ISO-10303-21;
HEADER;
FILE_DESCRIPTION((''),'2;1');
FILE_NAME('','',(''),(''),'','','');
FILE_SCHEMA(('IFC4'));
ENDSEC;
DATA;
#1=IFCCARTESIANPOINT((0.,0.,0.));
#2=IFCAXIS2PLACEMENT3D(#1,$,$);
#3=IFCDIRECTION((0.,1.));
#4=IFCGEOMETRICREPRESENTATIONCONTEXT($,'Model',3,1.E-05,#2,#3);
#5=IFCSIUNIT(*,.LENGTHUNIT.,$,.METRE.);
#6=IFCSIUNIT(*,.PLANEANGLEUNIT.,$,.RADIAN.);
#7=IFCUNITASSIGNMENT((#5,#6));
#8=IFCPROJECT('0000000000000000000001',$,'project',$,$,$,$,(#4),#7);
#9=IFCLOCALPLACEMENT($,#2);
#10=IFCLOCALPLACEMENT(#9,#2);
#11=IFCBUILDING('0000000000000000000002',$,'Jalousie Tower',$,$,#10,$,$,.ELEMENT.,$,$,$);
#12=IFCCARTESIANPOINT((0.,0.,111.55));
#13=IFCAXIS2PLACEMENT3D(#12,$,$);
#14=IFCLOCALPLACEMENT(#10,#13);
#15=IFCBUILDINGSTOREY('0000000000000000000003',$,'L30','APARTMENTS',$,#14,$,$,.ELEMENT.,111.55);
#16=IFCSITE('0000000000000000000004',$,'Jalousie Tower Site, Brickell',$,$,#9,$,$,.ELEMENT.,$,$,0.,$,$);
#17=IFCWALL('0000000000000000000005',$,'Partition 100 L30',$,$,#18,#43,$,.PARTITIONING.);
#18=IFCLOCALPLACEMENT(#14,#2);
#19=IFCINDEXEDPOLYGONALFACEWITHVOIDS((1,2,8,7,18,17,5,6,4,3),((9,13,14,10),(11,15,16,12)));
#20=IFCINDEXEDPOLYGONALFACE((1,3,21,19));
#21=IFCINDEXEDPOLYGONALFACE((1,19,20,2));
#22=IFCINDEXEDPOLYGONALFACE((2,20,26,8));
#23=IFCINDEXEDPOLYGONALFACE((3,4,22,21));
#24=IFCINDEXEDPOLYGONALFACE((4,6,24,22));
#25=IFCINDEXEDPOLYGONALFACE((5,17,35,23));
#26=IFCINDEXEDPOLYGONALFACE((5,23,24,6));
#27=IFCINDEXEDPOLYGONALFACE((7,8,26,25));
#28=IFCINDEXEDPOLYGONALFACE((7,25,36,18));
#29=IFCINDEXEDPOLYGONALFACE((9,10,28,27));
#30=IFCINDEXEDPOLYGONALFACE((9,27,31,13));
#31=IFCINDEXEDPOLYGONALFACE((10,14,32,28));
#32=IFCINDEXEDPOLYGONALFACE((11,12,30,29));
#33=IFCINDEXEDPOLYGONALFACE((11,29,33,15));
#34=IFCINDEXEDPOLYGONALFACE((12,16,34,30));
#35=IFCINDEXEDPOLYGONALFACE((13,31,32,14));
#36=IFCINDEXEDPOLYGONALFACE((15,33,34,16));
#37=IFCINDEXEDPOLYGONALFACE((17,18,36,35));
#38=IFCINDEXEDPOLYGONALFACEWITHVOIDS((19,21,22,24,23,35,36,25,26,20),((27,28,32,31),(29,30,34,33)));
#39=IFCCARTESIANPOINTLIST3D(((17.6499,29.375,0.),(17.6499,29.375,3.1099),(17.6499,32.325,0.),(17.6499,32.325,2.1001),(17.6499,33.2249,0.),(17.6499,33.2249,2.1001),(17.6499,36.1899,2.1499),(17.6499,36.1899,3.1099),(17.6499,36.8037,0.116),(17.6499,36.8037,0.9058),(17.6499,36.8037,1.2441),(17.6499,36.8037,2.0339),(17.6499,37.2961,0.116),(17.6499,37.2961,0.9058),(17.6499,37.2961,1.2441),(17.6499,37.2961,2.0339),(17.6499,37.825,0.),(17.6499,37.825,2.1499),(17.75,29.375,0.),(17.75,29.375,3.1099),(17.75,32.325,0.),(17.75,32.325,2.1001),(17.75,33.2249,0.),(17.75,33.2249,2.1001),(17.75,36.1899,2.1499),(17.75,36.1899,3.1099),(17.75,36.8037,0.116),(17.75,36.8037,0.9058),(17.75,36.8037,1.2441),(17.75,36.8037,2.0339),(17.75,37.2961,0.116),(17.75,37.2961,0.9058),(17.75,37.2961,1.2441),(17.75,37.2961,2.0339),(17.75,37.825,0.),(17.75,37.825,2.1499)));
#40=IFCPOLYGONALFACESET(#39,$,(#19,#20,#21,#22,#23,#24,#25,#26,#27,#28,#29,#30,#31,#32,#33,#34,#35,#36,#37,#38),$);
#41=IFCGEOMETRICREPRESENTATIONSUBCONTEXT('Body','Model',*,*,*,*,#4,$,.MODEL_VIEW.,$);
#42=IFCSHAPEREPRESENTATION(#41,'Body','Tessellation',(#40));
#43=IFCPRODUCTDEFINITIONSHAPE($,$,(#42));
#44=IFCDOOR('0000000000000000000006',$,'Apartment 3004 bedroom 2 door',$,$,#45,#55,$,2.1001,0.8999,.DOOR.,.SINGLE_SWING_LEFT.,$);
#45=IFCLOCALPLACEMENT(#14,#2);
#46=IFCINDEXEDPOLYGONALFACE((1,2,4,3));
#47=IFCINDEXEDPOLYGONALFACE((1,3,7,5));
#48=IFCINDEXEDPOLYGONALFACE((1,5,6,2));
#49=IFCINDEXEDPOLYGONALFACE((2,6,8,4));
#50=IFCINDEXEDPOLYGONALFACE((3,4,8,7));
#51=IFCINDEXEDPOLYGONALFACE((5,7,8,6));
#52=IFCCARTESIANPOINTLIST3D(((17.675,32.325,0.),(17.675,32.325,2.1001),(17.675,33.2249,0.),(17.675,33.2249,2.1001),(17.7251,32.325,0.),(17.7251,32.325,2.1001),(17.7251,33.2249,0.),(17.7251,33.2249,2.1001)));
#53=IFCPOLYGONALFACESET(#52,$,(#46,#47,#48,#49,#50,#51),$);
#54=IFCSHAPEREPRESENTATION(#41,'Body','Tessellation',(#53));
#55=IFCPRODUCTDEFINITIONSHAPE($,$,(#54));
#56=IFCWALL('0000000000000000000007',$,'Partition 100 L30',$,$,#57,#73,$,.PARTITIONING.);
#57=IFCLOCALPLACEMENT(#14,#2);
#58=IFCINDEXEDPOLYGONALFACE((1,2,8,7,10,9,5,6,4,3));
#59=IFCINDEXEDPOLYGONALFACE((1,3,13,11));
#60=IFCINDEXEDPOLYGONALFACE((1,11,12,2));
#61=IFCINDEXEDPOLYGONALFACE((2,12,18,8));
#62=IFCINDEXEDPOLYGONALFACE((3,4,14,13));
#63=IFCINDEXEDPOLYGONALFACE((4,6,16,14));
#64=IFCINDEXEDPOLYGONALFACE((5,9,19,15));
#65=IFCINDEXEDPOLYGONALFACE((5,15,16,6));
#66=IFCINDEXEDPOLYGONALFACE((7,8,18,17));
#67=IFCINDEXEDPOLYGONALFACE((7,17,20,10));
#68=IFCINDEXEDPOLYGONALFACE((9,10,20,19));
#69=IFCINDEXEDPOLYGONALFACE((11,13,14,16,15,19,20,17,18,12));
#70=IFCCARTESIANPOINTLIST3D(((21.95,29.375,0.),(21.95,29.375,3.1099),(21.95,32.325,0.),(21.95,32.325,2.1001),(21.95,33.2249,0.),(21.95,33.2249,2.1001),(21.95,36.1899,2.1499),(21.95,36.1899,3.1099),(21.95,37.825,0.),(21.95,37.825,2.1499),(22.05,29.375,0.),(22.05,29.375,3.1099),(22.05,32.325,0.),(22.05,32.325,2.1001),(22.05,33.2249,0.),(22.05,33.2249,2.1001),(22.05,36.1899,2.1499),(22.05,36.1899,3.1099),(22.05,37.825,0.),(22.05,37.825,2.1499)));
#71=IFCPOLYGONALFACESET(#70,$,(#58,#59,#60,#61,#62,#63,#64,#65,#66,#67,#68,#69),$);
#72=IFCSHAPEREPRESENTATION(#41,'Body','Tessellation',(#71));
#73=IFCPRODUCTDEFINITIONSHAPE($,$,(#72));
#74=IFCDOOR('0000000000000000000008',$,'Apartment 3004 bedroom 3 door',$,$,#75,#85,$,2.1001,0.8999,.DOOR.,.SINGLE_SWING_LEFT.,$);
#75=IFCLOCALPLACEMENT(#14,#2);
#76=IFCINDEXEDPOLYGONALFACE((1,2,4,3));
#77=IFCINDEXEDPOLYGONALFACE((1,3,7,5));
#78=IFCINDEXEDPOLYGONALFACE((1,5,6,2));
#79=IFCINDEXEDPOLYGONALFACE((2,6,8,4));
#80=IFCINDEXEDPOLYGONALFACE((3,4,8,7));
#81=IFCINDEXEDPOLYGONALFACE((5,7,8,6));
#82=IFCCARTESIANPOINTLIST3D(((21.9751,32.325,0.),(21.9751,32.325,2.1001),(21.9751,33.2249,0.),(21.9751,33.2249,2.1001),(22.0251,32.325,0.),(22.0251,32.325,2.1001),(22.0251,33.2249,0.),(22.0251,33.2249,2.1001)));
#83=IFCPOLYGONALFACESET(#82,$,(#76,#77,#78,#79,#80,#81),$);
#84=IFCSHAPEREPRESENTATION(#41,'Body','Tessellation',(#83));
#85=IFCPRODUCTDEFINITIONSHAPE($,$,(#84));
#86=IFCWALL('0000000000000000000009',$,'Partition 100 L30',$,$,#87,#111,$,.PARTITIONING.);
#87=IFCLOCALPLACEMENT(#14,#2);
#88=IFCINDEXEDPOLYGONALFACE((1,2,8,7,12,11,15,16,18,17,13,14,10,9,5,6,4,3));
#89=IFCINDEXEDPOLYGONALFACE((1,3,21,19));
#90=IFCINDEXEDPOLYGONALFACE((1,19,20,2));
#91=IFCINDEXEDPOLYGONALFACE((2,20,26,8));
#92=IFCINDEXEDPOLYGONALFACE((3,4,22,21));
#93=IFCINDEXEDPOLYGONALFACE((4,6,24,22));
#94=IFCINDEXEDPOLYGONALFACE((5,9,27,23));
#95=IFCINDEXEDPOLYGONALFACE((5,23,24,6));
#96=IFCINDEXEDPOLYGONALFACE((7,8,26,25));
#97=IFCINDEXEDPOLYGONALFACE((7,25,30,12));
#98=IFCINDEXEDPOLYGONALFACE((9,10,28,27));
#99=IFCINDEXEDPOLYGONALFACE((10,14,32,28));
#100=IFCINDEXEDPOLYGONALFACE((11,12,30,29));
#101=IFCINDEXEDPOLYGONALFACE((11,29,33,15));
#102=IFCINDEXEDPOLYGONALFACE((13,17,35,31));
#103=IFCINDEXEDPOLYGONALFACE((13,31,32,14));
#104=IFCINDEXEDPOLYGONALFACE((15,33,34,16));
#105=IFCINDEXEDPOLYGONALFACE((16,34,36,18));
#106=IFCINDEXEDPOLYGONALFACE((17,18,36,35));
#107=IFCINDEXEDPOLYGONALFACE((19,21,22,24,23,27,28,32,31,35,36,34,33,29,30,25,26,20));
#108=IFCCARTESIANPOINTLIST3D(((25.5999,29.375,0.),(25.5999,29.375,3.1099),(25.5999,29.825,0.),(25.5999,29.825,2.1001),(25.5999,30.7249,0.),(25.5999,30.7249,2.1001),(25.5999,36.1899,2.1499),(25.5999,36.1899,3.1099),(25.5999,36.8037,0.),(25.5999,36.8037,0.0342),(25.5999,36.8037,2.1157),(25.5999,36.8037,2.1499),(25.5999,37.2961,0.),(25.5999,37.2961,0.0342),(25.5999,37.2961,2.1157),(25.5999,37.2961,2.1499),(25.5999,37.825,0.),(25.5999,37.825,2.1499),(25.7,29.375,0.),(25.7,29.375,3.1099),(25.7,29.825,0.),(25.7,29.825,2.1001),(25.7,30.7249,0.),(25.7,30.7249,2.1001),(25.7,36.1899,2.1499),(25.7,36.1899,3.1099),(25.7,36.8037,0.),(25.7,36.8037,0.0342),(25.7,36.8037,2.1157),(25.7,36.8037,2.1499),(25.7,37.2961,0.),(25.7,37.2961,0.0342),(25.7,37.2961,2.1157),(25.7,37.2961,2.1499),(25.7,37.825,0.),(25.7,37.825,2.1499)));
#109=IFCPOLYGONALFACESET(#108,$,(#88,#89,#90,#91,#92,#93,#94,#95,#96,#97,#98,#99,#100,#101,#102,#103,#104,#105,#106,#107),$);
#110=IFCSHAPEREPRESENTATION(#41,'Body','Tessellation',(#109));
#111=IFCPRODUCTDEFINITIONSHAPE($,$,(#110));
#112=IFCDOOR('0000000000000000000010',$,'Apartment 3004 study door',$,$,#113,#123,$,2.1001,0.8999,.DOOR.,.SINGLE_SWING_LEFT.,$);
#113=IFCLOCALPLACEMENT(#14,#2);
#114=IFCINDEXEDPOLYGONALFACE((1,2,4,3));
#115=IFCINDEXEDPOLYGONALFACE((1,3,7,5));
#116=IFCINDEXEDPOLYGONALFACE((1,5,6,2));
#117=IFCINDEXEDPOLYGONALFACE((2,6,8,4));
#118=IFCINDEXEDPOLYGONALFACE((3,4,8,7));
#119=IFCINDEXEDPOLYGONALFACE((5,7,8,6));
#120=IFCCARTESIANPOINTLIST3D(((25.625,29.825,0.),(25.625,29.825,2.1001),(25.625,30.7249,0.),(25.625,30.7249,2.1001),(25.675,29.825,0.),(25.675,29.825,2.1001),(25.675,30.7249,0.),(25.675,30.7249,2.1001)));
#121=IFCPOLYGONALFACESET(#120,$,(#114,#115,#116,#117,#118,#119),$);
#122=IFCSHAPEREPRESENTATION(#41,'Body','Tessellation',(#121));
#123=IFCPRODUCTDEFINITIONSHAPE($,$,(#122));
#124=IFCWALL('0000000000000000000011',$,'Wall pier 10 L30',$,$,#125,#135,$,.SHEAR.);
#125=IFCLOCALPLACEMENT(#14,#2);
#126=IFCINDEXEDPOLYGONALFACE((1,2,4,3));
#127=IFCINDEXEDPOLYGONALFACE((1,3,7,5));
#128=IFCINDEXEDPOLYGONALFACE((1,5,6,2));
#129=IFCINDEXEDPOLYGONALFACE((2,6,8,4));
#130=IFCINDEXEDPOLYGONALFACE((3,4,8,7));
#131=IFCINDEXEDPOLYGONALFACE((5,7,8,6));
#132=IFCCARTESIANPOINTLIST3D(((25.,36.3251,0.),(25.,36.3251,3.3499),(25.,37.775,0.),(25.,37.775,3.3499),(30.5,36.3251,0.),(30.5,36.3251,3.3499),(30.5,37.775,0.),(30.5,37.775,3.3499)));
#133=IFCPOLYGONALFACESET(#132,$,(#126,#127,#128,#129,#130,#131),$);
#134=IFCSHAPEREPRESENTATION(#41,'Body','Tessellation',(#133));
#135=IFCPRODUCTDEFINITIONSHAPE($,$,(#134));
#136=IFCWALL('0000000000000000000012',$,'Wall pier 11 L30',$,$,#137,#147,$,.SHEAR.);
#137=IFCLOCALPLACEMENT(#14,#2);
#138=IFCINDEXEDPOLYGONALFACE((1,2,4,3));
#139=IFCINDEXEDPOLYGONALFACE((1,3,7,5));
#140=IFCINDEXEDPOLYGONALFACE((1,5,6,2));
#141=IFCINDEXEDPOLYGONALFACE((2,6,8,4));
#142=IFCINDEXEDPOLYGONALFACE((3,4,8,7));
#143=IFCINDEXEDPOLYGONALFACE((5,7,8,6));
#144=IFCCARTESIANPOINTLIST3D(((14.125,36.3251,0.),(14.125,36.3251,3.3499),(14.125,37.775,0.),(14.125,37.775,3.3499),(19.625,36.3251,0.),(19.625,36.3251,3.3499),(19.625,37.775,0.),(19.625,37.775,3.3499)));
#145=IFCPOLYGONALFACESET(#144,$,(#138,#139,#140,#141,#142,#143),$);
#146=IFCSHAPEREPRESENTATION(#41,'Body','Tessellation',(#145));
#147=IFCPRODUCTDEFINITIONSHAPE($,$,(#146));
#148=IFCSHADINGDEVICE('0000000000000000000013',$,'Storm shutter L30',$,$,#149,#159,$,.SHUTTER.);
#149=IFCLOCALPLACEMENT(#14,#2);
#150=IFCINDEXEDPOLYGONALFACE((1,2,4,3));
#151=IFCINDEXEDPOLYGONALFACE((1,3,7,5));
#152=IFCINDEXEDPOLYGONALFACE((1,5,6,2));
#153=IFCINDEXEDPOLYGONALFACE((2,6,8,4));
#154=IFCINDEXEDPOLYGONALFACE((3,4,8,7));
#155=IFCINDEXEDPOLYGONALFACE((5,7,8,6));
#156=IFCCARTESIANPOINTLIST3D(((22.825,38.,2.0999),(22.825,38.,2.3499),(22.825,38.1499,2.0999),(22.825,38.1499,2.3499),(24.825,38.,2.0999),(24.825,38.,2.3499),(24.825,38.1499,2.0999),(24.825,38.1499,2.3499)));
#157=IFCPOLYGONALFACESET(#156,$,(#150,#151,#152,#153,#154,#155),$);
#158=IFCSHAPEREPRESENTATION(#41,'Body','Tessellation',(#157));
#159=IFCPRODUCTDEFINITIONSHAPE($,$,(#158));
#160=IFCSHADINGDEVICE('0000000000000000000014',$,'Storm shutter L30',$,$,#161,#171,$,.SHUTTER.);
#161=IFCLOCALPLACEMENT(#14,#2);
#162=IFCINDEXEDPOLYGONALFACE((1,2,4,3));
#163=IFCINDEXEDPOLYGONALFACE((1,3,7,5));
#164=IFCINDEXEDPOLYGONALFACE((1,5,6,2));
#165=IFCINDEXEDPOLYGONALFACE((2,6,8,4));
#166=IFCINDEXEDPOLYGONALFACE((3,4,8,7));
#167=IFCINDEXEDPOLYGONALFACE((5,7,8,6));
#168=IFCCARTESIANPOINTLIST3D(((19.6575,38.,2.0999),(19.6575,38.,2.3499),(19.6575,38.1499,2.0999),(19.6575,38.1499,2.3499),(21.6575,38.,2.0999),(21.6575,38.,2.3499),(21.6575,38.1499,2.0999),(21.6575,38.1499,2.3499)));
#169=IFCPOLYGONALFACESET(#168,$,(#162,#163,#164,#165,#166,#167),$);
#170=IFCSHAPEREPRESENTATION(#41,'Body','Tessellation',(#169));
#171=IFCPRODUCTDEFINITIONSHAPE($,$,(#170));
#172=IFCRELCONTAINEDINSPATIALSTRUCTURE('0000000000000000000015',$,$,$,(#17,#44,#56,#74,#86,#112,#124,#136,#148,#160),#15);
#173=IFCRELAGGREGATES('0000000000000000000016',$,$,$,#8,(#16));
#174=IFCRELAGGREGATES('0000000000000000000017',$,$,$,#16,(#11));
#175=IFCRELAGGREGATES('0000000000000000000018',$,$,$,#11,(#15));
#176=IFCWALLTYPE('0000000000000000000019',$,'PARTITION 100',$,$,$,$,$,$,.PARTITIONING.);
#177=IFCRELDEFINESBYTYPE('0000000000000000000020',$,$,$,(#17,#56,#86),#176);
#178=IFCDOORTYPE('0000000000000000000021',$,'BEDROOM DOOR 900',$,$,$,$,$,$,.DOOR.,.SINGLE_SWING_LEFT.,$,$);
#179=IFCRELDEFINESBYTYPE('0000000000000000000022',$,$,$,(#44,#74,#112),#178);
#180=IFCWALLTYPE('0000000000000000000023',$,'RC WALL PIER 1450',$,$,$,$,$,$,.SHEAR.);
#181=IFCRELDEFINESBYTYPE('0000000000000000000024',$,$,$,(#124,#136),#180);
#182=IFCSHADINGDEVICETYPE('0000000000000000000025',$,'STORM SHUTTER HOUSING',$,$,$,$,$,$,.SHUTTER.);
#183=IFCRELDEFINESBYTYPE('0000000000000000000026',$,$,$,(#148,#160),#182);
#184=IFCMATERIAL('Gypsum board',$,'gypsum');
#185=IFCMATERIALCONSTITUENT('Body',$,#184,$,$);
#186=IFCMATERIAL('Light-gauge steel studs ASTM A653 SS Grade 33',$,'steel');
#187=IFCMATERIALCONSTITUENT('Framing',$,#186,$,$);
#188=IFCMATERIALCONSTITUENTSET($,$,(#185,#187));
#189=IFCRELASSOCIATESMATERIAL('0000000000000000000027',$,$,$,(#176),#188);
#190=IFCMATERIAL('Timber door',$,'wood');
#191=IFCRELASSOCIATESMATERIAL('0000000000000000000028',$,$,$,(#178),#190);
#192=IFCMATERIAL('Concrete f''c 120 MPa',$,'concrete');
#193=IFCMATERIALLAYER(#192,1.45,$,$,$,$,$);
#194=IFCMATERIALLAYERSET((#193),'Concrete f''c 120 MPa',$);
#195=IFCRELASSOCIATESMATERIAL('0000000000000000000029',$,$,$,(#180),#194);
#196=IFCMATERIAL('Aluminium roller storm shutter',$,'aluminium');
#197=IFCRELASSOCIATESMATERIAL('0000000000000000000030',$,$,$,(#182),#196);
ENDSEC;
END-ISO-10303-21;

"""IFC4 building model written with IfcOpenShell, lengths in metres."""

from ifc_helpers import new_model, si_unit, direction, frame, frame_2d, origin, origin_2d, place, context, subcontext, project, spatial, polyline, rectangle, outline, extrude, material, layer, layer_set, constituent, constituent_set, type_object, element, fill, save


model = new_model("IFC4")

# Units and contexts
model_context = context("Model", 3, precision=1e-05, world=origin(), true_north=direction((0.0, 1.0)))
body_context = subcontext(model_context, "Body", "Model", "MODEL_VIEW")
ifc_project = project(units=[si_unit("LENGTHUNIT", "METRE"), si_unit("PLANEANGLEUNIT", "RADIAN")], contexts=[model_context])

# Site, building, storey
site_placement = place(None, origin())
site = spatial("IfcSite", under=ifc_project, at=site_placement, Name="Jalousie Tower Site, Brickell", CompositionType="ELEMENT", RefElevation=0.0)
building_placement = place(site_placement, origin())
building = spatial("IfcBuilding", under=site, at=building_placement, Name="Jalousie Tower", CompositionType="ELEMENT")
storey_placement = place(building_placement, frame((0.0, 0.0, 111.55)))
storey = spatial("IfcBuildingStorey", under=building, at=storey_placement, Name="L30", Description="APARTMENTS", CompositionType="ELEMENT", Elevation=111.55)

# Walls, openings, doors
ifc_material_1 = material(Name="Gypsum board", Category="gypsum")
ifc_constituent_1 = constituent(ifc_material_1, Name="Body")
ifc_material_2 = material(Name="Light-gauge steel studs ASTM A653 SS Grade 33", Category="steel")
ifc_constituent_2 = constituent(ifc_material_2, Name="Framing")
ifc_constituent_set_1 = constituent_set(constituents=[ifc_constituent_1, ifc_constituent_2])
wall_type_1 = type_object("IfcWallType", Name="PARTITION 100", PredefinedType="PARTITIONING", material=ifc_constituent_set_1)
wall_1_placement = place(storey_placement, frame((17.7, 37.825, 0.0), z_axis=(0.0, 0.0, 1.0), x_axis=(0.0, -1.0, 0.0)))
wall_1 = element("IfcWall", 1, at=wall_1_placement, inside=storey, type_object=wall_type_1, Name="Partition 100 L30", PredefinedType="PARTITIONING", context=body_context, shape_type="SweptSolid", body=[
    extrude(outline(polyline([(1.635, 2.1499), (0.0, 2.1499), (0.0, 0.0), (8.45, 0.0), (8.45, 3.1099), (1.635, 3.1099), (1.635, 2.1499)]), holes=[polyline([(1.0212, 0.116), (0.5288, 0.116), (0.5288, 0.9058), (1.0212, 0.9058), (1.0212, 0.116)]), polyline([(1.0212, 1.2441), (0.5288, 1.2441), (0.5288, 2.0339), (1.0212, 2.0339), (1.0212, 1.2441)])]), frame((0.0, 0.05, 0.0), z_axis=(0.0, -1.0, 0.0), x_axis=(1.0, 0.0, 0.0)), (0.0, 0.0, 1.0), 0.1001),
])
opening_1_placement = place(wall_1_placement, frame((4.6001, 0.0, 0.0)))
opening_1 = element("IfcOpeningElement", 2, at=opening_1_placement, cuts=wall_1, PredefinedType="OPENING", context=body_context, shape_type="SweptSolid", body=[
    extrude(rectangle(XDim=0.8999, YDim=2.1001, at=frame_2d((0.45, 1.05))), frame((0.0, 0.0601, 0.0), z_axis=(0.0, -1.0, 0.0), x_axis=(1.0, 0.0, 0.0)), (0.0, 0.0, 1.0), 0.1201),
])
ifc_material_3 = material(Name="Timber door", Category="wood")
door_type_1 = type_object("IfcDoorType", Name="BEDROOM DOOR 900", OperationType="SINGLE_SWING_LEFT", PredefinedType="DOOR", material=ifc_material_3)
door_1_placement = place(opening_1_placement, frame((0.8999, 0.0, 0.0), z_axis=(0.0, 0.0, 1.0), x_axis=(-1.0, 0.0, 0.0)))
door_1 = element("IfcDoor", 3, at=door_1_placement, inside=storey, type_object=door_type_1, Name="Apartment 3004 bedroom 2 door", OperationType="SINGLE_SWING_LEFT", OverallHeight=2.1001, OverallWidth=0.8999, PredefinedType="DOOR", context=body_context, shape_type="SweptSolid", body=[
    extrude(rectangle(XDim=0.8999, YDim=2.1001, at=frame_2d((0.45, 1.05))), frame((0.0, 0.0249, 0.0), z_axis=(0.0, -1.0, 0.0), x_axis=(1.0, 0.0, 0.0)), (0.0, 0.0, 1.0), 0.05),
])
fill(opening_1, door_1)
wall_2_placement = place(storey_placement, frame((22.0, 37.825, 0.0), z_axis=(0.0, 0.0, 1.0), x_axis=(0.0, -1.0, 0.0)))
wall_2 = element("IfcWall", 4, at=wall_2_placement, inside=storey, type_object=wall_type_1, Name="Partition 100 L30", PredefinedType="PARTITIONING", context=body_context, shape_type="SweptSolid", body=[
    extrude(outline(polyline([(0.0, 0.0), (8.45, 0.0), (8.45, 3.1099), (1.635, 3.1099), (1.635, 2.1499), (0.0, 2.1499), (0.0, 3.1099), (0.0, 0.0)])), frame((0.0, 0.05, 0.0), z_axis=(0.0, -1.0, 0.0), x_axis=(1.0, 0.0, 0.0)), (0.0, 0.0, 1.0), 0.1001),
])
opening_2_placement = place(wall_2_placement, frame((4.6001, 0.0, 0.0)))
opening_2 = element("IfcOpeningElement", 5, at=opening_2_placement, cuts=wall_2, PredefinedType="OPENING", context=body_context, shape_type="SweptSolid", body=[
    extrude(rectangle(XDim=0.8999, YDim=2.1001, at=frame_2d((0.45, 1.05))), frame((0.0, 0.0601, 0.0), z_axis=(0.0, -1.0, 0.0), x_axis=(1.0, 0.0, 0.0)), (0.0, 0.0, 1.0), 0.1201),
])
door_2_placement = place(opening_2_placement, frame((0.8999, 0.0, 0.0), z_axis=(0.0, 0.0, 1.0), x_axis=(-1.0, 0.0, 0.0)))
door_2 = element("IfcDoor", 6, at=door_2_placement, inside=storey, type_object=door_type_1, Name="Apartment 3004 bedroom 3 door", OperationType="SINGLE_SWING_LEFT", OverallHeight=2.1001, OverallWidth=0.8999, PredefinedType="DOOR", context=body_context, shape_type="SweptSolid", body=[
    extrude(rectangle(XDim=0.8999, YDim=2.1001, at=frame_2d((0.45, 1.05))), frame((0.0, 0.0249, 0.0), z_axis=(0.0, -1.0, 0.0), x_axis=(1.0, 0.0, 0.0)), (0.0, 0.0, 1.0), 0.05),
])
fill(opening_2, door_2)
wall_3_placement = place(storey_placement, frame((25.6499, 37.825, 0.0), z_axis=(0.0, 0.0, 1.0), x_axis=(0.0, -1.0, 0.0)))
wall_3 = element("IfcWall", 7, at=wall_3_placement, inside=storey, type_object=wall_type_1, Name="Partition 100 L30", PredefinedType="PARTITIONING", context=body_context, shape_type="SweptSolid", body=[
    extrude(outline(polyline([(0.5288, 2.1499), (0.0, 2.1499), (0.0, 0.0), (0.5288, 0.0), (0.5288, 0.0342), (1.0212, 0.0342), (1.0212, 0.0), (8.45, 0.0), (8.45, 3.1099), (1.635, 3.1099), (1.635, 2.1499), (1.0212, 2.1499), (1.0212, 2.1157), (0.5288, 2.1157), (0.5288, 2.1499)])), frame((0.0, 0.05, 0.0), z_axis=(0.0, -1.0, 0.0), x_axis=(1.0, 0.0, 0.0)), (0.0, 0.0, 1.0), 0.1001),
])
opening_3_placement = place(wall_3_placement, frame((7.1001, 0.0, 0.0)))
opening_3 = element("IfcOpeningElement", 8, at=opening_3_placement, cuts=wall_3, PredefinedType="OPENING", context=body_context, shape_type="SweptSolid", body=[
    extrude(rectangle(XDim=0.8999, YDim=2.1001, at=frame_2d((0.45, 1.05))), frame((0.0, 0.0601, 0.0), z_axis=(0.0, -1.0, 0.0), x_axis=(1.0, 0.0, 0.0)), (0.0, 0.0, 1.0), 0.1201),
])
door_3_placement = place(opening_3_placement, frame((0.8999, 0.0, 0.0), z_axis=(0.0, 0.0, 1.0), x_axis=(-1.0, 0.0, 0.0)))
door_3 = element("IfcDoor", 9, at=door_3_placement, inside=storey, type_object=door_type_1, Name="Apartment 3004 study door", OperationType="SINGLE_SWING_LEFT", OverallHeight=2.1001, OverallWidth=0.8999, PredefinedType="DOOR", context=body_context, shape_type="SweptSolid", body=[
    extrude(rectangle(XDim=0.8999, YDim=2.1001, at=frame_2d((0.45, 1.05))), frame((0.0, 0.0249, 0.0), z_axis=(0.0, -1.0, 0.0), x_axis=(1.0, 0.0, 0.0)), (0.0, 0.0, 1.0), 0.05),
])
fill(opening_3, door_3)

# Walls
ifc_material_4 = material(Name="Concrete f'c 120 MPa", Category="concrete")
ifc_layer_1 = layer(ifc_material_4, 1.45)
ifc_layer_set_1 = layer_set([ifc_layer_1], Name="Concrete f'c 120 MPa")
wall_type_2 = type_object("IfcWallType", Name="RC WALL PIER 1450", PredefinedType="SHEAR", material=ifc_layer_set_1)
for number, where, z_axis, x_axis, name in (
    (10, (25.0, 37.05, 0.0), (0.0, 0.0, 1.0), (1.0, 0.0, 0.0), "Wall pier 10 L30"),
    (11, (14.125, 37.05, 0.0), (0.0, 0.0, 1.0), (1.0, 0.0, 0.0), "Wall pier 11 L30"),
):
    element("IfcWall", number, at=place(storey_placement, frame(where, z_axis=z_axis, x_axis=x_axis)), inside=storey, type_object=wall_type_2, Name=name, PredefinedType="SHEAR", context=body_context, shape_type="SweptSolid", body=[
        extrude(rectangle(XDim=5.5, YDim=1.45, at=frame_2d((2.75, 0.0))), origin(), (0.0, 0.0, 1.0), 3.3499),
    ])

# Shading devices
ifc_material_5 = material(Name="Aluminium roller storm shutter", Category="aluminium")
shading_device_type = type_object("IfcShadingDeviceType", Name="STORM SHUTTER HOUSING", PredefinedType="SHUTTER", material=ifc_material_5)
for number, where, z_axis, x_axis, name in (
    (12, (23.825, 38.075, 2.0999), (0.0, 0.0, 1.0), (-1.0, 0.0, 0.0), "Storm shutter L30"),
    (13, (20.6575, 38.075, 2.0999), (0.0, 0.0, 1.0), (-1.0, 0.0, 0.0), "Storm shutter L30"),
):
    element("IfcShadingDevice", number, at=place(storey_placement, frame(where, z_axis=z_axis, x_axis=x_axis)), inside=storey, type_object=shading_device_type, Name=name, PredefinedType="SHUTTER", context=body_context, shape_type="SweptSolid", body=[
        extrude(rectangle(XDim=2.0, YDim=0.1499, at=origin_2d()), origin(), (0.0, 0.0, 1.0), 0.25),
    ])

save(model, "model.ifc")
